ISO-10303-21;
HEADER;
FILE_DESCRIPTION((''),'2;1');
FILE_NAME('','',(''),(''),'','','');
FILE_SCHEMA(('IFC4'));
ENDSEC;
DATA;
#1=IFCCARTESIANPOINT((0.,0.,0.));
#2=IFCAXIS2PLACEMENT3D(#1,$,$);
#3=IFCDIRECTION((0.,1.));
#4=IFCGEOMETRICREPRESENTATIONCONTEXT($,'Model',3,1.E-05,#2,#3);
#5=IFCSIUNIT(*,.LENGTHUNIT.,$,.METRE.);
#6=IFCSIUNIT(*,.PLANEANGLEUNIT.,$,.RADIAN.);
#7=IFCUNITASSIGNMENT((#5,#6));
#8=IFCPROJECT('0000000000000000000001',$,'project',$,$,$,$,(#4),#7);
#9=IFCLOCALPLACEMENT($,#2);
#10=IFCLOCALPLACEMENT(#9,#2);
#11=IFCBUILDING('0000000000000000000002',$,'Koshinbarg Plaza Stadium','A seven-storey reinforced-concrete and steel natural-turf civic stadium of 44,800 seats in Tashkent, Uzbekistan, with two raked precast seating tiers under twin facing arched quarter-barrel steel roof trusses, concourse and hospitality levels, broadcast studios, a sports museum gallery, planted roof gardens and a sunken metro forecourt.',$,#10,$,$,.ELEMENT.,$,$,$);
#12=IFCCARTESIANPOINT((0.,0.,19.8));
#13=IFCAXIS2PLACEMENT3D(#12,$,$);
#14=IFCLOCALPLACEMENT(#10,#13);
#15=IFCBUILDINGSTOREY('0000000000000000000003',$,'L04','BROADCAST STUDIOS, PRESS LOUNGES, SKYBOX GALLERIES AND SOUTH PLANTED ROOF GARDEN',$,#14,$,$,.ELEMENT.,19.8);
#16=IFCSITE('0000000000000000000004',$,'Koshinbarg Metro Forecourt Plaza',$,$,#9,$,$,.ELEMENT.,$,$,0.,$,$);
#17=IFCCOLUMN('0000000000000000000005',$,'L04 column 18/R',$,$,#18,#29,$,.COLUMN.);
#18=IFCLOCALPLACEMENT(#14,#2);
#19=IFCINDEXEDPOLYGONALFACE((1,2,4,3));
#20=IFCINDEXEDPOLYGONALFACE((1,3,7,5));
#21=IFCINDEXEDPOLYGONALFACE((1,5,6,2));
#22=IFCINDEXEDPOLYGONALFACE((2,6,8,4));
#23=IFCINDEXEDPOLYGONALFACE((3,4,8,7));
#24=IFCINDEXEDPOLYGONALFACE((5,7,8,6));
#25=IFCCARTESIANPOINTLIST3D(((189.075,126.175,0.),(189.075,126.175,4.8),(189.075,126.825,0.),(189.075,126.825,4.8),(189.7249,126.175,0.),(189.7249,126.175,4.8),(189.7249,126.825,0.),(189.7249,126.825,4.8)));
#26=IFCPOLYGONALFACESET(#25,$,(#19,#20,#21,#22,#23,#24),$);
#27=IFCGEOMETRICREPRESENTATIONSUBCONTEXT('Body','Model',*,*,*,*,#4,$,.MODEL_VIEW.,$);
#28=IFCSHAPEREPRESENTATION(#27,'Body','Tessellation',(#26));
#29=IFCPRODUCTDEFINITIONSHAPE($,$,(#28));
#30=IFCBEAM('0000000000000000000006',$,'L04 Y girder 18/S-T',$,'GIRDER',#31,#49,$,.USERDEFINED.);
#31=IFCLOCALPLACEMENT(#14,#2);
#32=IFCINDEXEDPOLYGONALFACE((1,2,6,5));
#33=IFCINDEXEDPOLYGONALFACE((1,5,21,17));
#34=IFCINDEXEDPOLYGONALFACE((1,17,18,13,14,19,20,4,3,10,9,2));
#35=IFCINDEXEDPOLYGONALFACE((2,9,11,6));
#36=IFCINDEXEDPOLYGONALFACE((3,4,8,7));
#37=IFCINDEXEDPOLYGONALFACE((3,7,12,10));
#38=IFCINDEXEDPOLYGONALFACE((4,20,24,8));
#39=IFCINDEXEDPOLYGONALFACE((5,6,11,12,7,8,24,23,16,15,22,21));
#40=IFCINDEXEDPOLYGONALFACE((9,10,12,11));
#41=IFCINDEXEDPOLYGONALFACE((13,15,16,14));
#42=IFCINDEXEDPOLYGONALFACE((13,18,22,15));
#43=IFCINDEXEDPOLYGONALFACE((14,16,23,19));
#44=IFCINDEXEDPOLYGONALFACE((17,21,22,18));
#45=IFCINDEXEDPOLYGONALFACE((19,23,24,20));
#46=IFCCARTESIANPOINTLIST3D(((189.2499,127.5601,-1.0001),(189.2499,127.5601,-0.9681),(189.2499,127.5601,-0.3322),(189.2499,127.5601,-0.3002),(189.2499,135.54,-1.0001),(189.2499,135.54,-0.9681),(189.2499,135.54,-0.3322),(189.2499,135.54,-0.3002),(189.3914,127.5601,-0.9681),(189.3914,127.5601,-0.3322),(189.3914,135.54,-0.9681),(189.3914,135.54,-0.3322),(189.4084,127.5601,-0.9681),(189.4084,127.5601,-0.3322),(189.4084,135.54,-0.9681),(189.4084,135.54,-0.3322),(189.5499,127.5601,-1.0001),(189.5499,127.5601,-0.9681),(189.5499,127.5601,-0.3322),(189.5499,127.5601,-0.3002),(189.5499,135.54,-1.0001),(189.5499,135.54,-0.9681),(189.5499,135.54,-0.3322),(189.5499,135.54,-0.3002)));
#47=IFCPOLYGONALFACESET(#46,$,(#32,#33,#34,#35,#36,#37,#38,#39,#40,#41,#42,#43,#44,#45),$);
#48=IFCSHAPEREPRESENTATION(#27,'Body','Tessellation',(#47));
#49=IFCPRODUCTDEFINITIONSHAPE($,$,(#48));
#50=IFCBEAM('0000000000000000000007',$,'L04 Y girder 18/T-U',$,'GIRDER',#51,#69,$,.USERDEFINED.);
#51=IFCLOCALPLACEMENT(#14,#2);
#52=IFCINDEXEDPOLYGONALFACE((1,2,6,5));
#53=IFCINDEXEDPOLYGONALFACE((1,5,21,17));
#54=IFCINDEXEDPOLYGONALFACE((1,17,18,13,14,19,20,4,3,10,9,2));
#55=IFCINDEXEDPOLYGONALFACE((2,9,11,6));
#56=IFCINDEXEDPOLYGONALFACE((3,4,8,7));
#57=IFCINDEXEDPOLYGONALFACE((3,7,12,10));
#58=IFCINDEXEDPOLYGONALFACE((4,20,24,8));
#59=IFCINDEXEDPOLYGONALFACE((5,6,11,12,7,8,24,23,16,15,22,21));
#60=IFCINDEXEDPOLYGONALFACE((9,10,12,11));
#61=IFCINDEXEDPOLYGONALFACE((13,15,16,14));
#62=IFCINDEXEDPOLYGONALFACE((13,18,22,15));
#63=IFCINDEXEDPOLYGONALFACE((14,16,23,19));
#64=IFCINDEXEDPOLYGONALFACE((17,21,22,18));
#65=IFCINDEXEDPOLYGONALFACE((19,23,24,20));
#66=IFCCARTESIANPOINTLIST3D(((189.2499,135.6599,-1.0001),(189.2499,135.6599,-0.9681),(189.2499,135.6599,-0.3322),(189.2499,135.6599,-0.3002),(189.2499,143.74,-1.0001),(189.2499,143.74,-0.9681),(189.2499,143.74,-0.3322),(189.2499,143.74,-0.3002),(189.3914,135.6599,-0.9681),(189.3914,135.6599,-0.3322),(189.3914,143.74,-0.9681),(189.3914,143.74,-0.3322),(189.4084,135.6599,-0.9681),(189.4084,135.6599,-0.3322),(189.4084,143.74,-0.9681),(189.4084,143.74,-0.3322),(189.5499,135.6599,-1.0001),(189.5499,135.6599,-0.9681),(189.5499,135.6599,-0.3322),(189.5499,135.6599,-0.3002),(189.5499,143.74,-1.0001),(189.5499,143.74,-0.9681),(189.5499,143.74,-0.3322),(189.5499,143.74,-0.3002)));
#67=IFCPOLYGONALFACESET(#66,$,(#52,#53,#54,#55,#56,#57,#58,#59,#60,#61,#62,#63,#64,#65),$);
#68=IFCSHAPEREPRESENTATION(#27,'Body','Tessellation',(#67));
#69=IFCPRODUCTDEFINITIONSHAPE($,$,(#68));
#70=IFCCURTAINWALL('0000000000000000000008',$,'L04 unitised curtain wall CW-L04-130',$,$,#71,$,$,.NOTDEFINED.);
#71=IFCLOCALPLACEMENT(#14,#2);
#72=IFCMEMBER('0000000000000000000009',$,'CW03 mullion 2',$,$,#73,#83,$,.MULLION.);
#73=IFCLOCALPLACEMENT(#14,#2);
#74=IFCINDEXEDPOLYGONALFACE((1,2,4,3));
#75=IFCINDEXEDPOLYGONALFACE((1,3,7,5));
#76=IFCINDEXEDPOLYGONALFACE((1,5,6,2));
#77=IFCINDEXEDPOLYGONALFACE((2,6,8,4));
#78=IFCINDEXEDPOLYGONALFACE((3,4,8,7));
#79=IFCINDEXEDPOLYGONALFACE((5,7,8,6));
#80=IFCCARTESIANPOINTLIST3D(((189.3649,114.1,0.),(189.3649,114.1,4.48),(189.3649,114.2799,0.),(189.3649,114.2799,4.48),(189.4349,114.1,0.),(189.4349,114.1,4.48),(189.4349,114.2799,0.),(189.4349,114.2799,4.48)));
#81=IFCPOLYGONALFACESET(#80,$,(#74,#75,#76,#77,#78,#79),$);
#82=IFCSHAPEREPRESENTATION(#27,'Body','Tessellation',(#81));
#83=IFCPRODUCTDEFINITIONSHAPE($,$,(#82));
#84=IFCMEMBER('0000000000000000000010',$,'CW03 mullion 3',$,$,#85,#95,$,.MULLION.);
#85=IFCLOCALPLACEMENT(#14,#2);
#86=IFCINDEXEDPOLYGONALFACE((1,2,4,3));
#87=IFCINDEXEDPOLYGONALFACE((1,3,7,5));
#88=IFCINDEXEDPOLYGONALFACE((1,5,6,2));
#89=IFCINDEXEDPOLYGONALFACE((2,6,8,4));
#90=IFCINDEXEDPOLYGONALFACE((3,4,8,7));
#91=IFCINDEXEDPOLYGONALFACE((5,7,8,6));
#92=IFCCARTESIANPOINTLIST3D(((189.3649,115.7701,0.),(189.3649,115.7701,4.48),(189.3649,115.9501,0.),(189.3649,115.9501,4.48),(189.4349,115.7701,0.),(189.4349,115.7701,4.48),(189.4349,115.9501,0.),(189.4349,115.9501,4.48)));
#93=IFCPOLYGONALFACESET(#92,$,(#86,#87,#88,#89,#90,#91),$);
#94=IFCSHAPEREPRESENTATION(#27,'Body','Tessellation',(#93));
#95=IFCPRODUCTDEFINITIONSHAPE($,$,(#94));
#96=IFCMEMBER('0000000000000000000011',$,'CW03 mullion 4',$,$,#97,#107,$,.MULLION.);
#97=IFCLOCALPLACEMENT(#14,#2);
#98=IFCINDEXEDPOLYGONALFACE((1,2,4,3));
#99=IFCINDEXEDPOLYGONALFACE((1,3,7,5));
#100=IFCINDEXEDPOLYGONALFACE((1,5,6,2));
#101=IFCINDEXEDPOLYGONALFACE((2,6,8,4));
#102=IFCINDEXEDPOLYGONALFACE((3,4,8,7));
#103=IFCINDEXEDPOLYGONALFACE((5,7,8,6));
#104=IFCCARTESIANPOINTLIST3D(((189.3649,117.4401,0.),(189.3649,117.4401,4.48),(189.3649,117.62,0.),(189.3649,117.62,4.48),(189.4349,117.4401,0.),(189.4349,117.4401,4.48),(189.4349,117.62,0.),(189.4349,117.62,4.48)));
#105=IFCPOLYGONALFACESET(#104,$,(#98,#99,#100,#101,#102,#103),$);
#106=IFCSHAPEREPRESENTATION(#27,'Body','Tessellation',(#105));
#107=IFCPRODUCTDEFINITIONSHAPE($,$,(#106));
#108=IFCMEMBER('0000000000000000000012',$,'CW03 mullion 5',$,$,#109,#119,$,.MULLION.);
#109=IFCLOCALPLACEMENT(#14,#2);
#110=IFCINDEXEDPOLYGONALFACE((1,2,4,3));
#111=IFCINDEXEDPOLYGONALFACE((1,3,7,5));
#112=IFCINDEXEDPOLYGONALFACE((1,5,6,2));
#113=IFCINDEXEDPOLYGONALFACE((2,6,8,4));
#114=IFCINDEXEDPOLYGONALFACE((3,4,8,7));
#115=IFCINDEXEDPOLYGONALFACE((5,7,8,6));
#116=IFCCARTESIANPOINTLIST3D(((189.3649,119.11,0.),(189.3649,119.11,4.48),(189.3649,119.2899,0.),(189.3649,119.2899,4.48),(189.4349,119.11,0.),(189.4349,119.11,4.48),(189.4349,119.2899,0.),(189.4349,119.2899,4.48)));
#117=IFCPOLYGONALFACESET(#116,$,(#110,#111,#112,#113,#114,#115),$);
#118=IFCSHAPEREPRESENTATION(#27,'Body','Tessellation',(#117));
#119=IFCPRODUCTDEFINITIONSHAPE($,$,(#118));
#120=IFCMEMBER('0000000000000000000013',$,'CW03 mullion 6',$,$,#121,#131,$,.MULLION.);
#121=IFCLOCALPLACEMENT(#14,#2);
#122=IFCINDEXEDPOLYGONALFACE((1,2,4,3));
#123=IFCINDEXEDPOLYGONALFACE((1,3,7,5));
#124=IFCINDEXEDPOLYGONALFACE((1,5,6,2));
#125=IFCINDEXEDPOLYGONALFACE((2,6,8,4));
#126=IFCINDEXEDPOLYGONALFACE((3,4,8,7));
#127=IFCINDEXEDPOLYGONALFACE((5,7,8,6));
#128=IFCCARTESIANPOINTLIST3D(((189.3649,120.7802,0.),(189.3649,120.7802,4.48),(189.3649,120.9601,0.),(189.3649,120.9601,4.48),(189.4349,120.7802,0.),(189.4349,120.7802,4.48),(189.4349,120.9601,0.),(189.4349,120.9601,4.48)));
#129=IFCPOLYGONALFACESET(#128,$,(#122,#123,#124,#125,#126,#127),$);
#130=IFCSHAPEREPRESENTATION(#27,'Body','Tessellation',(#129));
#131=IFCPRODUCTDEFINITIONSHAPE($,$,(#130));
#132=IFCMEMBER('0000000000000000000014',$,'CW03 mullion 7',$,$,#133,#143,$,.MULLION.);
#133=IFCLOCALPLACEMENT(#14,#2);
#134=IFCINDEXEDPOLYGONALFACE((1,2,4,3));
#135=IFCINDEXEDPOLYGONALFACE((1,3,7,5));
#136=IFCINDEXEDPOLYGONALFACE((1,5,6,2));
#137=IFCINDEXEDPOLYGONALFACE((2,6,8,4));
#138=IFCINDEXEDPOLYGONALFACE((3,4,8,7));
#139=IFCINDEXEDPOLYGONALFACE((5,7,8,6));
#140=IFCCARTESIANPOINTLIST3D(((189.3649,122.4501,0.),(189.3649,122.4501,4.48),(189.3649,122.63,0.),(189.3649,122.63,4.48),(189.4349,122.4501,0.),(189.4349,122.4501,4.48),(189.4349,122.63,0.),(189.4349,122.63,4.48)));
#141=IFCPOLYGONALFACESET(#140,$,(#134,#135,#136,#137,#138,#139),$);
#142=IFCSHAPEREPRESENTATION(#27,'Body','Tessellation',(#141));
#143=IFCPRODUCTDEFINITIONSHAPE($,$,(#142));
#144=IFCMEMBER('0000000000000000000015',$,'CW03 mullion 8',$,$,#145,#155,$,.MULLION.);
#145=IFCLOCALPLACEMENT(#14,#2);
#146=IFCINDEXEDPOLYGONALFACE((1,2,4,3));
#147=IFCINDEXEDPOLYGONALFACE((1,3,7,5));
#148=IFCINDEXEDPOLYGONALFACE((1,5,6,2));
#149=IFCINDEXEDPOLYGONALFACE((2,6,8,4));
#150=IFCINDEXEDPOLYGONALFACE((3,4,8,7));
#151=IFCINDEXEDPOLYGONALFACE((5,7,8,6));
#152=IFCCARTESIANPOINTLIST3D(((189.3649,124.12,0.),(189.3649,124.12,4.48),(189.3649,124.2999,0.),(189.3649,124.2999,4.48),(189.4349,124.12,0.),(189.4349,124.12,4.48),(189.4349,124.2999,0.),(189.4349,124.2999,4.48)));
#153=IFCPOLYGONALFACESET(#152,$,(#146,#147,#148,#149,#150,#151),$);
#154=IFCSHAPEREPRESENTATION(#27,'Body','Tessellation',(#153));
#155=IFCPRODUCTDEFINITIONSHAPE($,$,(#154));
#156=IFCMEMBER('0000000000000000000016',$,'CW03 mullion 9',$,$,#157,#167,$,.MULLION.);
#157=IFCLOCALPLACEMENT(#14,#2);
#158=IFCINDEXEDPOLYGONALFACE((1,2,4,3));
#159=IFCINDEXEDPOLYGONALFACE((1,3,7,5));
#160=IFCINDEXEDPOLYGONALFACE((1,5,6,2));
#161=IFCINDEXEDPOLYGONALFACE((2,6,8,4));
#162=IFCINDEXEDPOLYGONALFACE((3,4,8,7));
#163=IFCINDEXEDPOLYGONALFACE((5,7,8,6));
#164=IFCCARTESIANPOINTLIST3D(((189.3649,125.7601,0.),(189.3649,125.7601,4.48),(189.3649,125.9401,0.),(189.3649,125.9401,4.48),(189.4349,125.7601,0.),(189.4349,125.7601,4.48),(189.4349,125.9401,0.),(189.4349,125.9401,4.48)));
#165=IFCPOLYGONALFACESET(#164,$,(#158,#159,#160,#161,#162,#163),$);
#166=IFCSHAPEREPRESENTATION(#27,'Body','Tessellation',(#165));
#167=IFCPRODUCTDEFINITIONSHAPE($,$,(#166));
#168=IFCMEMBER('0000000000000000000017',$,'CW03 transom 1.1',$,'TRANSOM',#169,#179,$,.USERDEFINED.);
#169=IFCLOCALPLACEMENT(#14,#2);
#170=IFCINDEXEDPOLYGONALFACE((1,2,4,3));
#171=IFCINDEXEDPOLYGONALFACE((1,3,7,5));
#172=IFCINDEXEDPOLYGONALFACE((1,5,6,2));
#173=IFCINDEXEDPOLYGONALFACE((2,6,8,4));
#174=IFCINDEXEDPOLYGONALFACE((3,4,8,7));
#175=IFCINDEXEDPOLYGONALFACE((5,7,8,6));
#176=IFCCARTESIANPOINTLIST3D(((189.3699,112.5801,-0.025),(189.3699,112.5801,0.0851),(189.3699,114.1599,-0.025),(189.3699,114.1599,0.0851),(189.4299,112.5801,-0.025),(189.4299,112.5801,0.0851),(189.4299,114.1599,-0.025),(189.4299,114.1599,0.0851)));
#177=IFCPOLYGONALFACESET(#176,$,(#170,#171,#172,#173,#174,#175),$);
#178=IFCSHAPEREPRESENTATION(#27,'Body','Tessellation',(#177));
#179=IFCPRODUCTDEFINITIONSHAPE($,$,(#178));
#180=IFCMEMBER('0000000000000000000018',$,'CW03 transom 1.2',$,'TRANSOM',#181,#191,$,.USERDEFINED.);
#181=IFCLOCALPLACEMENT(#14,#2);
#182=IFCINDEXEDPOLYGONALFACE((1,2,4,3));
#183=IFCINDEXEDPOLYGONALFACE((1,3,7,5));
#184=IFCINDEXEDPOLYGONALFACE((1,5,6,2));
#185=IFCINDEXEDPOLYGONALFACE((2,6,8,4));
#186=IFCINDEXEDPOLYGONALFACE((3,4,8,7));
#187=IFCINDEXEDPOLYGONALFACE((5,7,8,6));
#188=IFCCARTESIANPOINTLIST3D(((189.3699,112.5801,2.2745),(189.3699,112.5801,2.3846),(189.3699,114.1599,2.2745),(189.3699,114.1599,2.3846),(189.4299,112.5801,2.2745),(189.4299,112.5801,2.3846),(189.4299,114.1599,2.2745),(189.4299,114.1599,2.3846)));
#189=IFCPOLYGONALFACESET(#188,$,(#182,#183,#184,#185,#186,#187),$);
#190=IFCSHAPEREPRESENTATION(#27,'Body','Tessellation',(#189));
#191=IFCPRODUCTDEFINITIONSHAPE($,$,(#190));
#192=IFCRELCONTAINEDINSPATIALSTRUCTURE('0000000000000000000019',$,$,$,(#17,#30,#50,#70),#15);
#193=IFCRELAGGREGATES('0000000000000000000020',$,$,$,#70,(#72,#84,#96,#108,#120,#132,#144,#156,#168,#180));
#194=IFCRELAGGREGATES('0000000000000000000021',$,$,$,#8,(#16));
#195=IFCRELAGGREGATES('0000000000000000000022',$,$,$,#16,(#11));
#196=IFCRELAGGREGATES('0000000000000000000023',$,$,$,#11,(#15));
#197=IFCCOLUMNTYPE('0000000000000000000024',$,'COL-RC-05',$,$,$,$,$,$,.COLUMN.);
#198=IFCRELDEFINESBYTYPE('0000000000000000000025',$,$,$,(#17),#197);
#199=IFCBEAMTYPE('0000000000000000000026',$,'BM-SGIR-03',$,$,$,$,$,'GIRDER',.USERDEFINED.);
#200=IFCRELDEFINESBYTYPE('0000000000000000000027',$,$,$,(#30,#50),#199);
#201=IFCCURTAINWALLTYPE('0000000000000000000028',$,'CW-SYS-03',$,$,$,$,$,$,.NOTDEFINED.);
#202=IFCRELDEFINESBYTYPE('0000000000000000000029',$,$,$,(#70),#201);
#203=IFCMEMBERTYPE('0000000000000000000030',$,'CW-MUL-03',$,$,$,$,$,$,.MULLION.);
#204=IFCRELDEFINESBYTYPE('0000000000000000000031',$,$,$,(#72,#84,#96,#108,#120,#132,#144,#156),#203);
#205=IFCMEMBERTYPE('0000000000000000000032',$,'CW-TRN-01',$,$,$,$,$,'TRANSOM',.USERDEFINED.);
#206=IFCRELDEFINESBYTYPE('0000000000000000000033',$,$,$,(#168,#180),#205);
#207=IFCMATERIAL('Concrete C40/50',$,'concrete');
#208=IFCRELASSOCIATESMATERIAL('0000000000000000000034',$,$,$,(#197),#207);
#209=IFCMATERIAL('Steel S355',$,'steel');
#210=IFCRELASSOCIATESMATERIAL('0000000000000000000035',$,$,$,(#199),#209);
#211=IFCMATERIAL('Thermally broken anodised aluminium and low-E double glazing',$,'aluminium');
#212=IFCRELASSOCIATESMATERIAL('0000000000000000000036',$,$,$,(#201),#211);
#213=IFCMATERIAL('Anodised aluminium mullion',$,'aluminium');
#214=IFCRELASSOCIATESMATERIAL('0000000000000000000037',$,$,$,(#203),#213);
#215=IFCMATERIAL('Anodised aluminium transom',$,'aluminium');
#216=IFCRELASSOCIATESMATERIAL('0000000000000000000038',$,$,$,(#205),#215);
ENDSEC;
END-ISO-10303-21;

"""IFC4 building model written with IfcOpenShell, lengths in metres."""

from ifc_helpers import new_model, si_unit, direction, frame, origin, origin_2d, place, context, subcontext, project, spatial, rectangle, i_section, extrude, material, material_profile, profile_set, type_object, element, aggregate, save


model = new_model("IFC4")

# Units and contexts
model_context = context("Model", 3, precision=1e-05, world=origin(), true_north=direction((0.0, 1.0)))
body_context = subcontext(model_context, "Body", "Model", "MODEL_VIEW")
ifc_project = project(units=[si_unit("LENGTHUNIT", "METRE"), si_unit("PLANEANGLEUNIT", "RADIAN")], contexts=[model_context])

# Site, building, storey
site_placement = place(None, origin())
site = spatial("IfcSite", under=ifc_project, at=site_placement, Name="Koshinbarg Metro Forecourt Plaza", CompositionType="ELEMENT", RefElevation=0.0)
building_placement = place(site_placement, origin())
building = spatial("IfcBuilding", under=site, at=building_placement, Name="Koshinbarg Plaza Stadium", Description="A seven-storey reinforced-concrete and steel natural-turf civic stadium of 44,800 seats in Tashkent, Uzbekistan, with two raked precast seating tiers under twin facing arched quarter-barrel steel roof trusses, concourse and hospitality levels, broadcast studios, a sports museum gallery, planted roof gardens and a sunken metro forecourt.", CompositionType="ELEMENT")
storey_placement = place(building_placement, frame((0.0, 0.0, 19.8)))
storey = spatial("IfcBuildingStorey", under=building, at=storey_placement, Name="L04", Description="BROADCAST STUDIOS, PRESS LOUNGES, SKYBOX GALLERIES AND SOUTH PLANTED ROOF GARDEN", CompositionType="ELEMENT", Elevation=19.8)

# Column
ifc_material_1 = material(Name="Concrete C40/50", Category="concrete")
ifc_material_profile_1 = material_profile(ifc_material_1, rectangle(XDim=0.6499, YDim=0.6499, at=origin_2d()), Name="RC 650x650")
ifc_profile_set_1 = profile_set([ifc_material_profile_1], Name="Concrete C40/50")
column_type = type_object("IfcColumnType", Name="COL-RC-05", PredefinedType="COLUMN", material=ifc_profile_set_1)
column_placement = place(storey_placement, frame((189.3999, 126.5, 0.0), z_axis=(0.0, 0.0, 1.0), x_axis=(1.0, 0.0, 0.0)))
element("IfcColumn", 1, at=column_placement, inside=storey, type_object=column_type, Name="L04 column 18/R", PredefinedType="COLUMN", context=body_context, shape_type="SweptSolid", body=[
    extrude(rectangle(XDim=0.6499, YDim=0.6499, at=origin_2d()), origin(), (0.0, 0.0, 1.0), 4.8),
])

# Beams
ifc_material_2 = material(Name="Steel S355", Category="steel")
ifc_material_profile_2 = material_profile(ifc_material_2, i_section(OverallWidth=0.3, OverallDepth=0.7, WebThickness=0.0171, FlangeThickness=0.032, at=origin_2d()), Name="HEB 700")
ifc_profile_set_2 = profile_set([ifc_material_profile_2], Name="Steel S355")
beam_type = type_object("IfcBeamType", Name="BM-SGIR-03", ElementType="GIRDER", PredefinedType="USERDEFINED", material=ifc_profile_set_2)
beam_1_placement = place(storey_placement, frame((189.3999, 127.5601, -0.6501), z_axis=(0.0, 1.0, 0.0), x_axis=(-1.0, 0.0, 0.0)))
element("IfcBeam", 2, at=beam_1_placement, inside=storey, type_object=beam_type, Name="L04 Y girder 18/S-T", ObjectType="GIRDER", PredefinedType="USERDEFINED", context=body_context, shape_type="SweptSolid", body=[
    extrude(i_section(OverallWidth=0.3, OverallDepth=0.7, WebThickness=0.0171, FlangeThickness=0.032, at=origin_2d()), origin(), (0.0, 0.0, 1.0), 7.98),
])
beam_2_placement = place(storey_placement, frame((189.3999, 135.6599, -0.6501), z_axis=(0.0, 1.0, 0.0), x_axis=(-1.0, 0.0, 0.0)))
element("IfcBeam", 3, at=beam_2_placement, inside=storey, type_object=beam_type, Name="L04 Y girder 18/T-U", ObjectType="GIRDER", PredefinedType="USERDEFINED", context=body_context, shape_type="SweptSolid", body=[
    extrude(i_section(OverallWidth=0.3, OverallDepth=0.7, WebThickness=0.0171, FlangeThickness=0.032, at=origin_2d()), origin(), (0.0, 0.0, 1.0), 8.0801),
])

# Curtain wall, members
ifc_material_3 = material(Name="Thermally broken anodised aluminium and low-E double glazing", Category="aluminium")
curtain_wall_type = type_object("IfcCurtainWallType", Name="CW-SYS-03", PredefinedType="NOTDEFINED", material=ifc_material_3)
curtain_wall_placement = place(storey_placement, origin())
curtain_wall = element("IfcCurtainWall", 4, at=curtain_wall_placement, inside=storey, type_object=curtain_wall_type, Name="L04 unitised curtain wall CW-L04-130", PredefinedType="NOTDEFINED")
ifc_material_4 = material(Name="Anodised aluminium mullion", Category="aluminium")
ifc_material_profile_3 = material_profile(ifc_material_4, rectangle(XDim=0.0701, YDim=0.1799, at=origin_2d()), Name="ALU 70x180")
ifc_profile_set_3 = profile_set([ifc_material_profile_3], Name="Anodised aluminium mullion")
member_type_1 = type_object("IfcMemberType", Name="CW-MUL-03", PredefinedType="MULLION", material=ifc_profile_set_3)
member_1_placement = place(storey_placement, frame((189.3999, 114.1899, 0.0), z_axis=(0.0, 0.0, 1.0), x_axis=(-1.0, 0.0, 0.0)))
member_1 = element("IfcMember", 5, at=member_1_placement, type_object=member_type_1, Name="CW03 mullion 2", PredefinedType="MULLION", context=body_context, shape_type="SweptSolid", body=[
    extrude(rectangle(XDim=0.0701, YDim=0.1799, at=origin_2d()), origin(), (0.0, 0.0, 1.0), 4.48),
])
member_2_placement = place(storey_placement, frame((189.3999, 115.8601, 0.0), z_axis=(0.0, 0.0, 1.0), x_axis=(-1.0, 0.0, 0.0)))
member_2 = element("IfcMember", 6, at=member_2_placement, type_object=member_type_1, Name="CW03 mullion 3", PredefinedType="MULLION", context=body_context, shape_type="SweptSolid", body=[
    extrude(rectangle(XDim=0.0701, YDim=0.1799, at=origin_2d()), origin(), (0.0, 0.0, 1.0), 4.48),
])
member_3_placement = place(storey_placement, frame((189.3999, 117.53, 0.0), z_axis=(0.0, 0.0, 1.0), x_axis=(-1.0, 0.0, 0.0)))
member_3 = element("IfcMember", 7, at=member_3_placement, type_object=member_type_1, Name="CW03 mullion 4", PredefinedType="MULLION", context=body_context, shape_type="SweptSolid", body=[
    extrude(rectangle(XDim=0.0701, YDim=0.1799, at=origin_2d()), origin(), (0.0, 0.0, 1.0), 4.48),
])
member_4_placement = place(storey_placement, frame((189.3999, 119.2, 0.0), z_axis=(0.0, 0.0, 1.0), x_axis=(-1.0, 0.0, 0.0)))
member_4 = element("IfcMember", 8, at=member_4_placement, type_object=member_type_1, Name="CW03 mullion 5", PredefinedType="MULLION", context=body_context, shape_type="SweptSolid", body=[
    extrude(rectangle(XDim=0.0701, YDim=0.1799, at=origin_2d()), origin(), (0.0, 0.0, 1.0), 4.48),
])
member_5_placement = place(storey_placement, frame((189.3999, 120.8701, 0.0), z_axis=(0.0, 0.0, 1.0), x_axis=(-1.0, 0.0, 0.0)))
member_5 = element("IfcMember", 9, at=member_5_placement, type_object=member_type_1, Name="CW03 mullion 6", PredefinedType="MULLION", context=body_context, shape_type="SweptSolid", body=[
    extrude(rectangle(XDim=0.0701, YDim=0.1799, at=origin_2d()), origin(), (0.0, 0.0, 1.0), 4.48),
])
member_6_placement = place(storey_placement, frame((189.3999, 122.54, 0.0), z_axis=(0.0, 0.0, 1.0), x_axis=(-1.0, 0.0, 0.0)))
member_6 = element("IfcMember", 10, at=member_6_placement, type_object=member_type_1, Name="CW03 mullion 7", PredefinedType="MULLION", context=body_context, shape_type="SweptSolid", body=[
    extrude(rectangle(XDim=0.0701, YDim=0.1799, at=origin_2d()), origin(), (0.0, 0.0, 1.0), 4.48),
])
member_7_placement = place(storey_placement, frame((189.3999, 124.21, 0.0), z_axis=(0.0, 0.0, 1.0), x_axis=(-1.0, 0.0, 0.0)))
member_7 = element("IfcMember", 11, at=member_7_placement, type_object=member_type_1, Name="CW03 mullion 8", PredefinedType="MULLION", context=body_context, shape_type="SweptSolid", body=[
    extrude(rectangle(XDim=0.0701, YDim=0.1799, at=origin_2d()), origin(), (0.0, 0.0, 1.0), 4.48),
])
member_8_placement = place(storey_placement, frame((189.3999, 125.8501, 0.0), z_axis=(0.0, 0.0, 1.0), x_axis=(-1.0, 0.0, 0.0)))
member_8 = element("IfcMember", 12, at=member_8_placement, type_object=member_type_1, Name="CW03 mullion 9", PredefinedType="MULLION", context=body_context, shape_type="SweptSolid", body=[
    extrude(rectangle(XDim=0.0701, YDim=0.1799, at=origin_2d()), origin(), (0.0, 0.0, 1.0), 4.48),
])
ifc_material_5 = material(Name="Anodised aluminium transom", Category="aluminium")
ifc_material_profile_4 = material_profile(ifc_material_5, rectangle(XDim=0.0601, YDim=0.1101, at=origin_2d()), Name="ALU 60x110")
ifc_profile_set_4 = profile_set([ifc_material_profile_4], Name="Anodised aluminium transom")
member_type_2 = type_object("IfcMemberType", Name="CW-TRN-01", ElementType="TRANSOM", PredefinedType="USERDEFINED", material=ifc_profile_set_4)
member_9_placement = place(storey_placement, frame((189.3999, 112.5801, 0.03), z_axis=(0.0, 1.0, 0.0), x_axis=(-1.0, 0.0, 0.0)))
member_9 = element("IfcMember", 13, at=member_9_placement, type_object=member_type_2, Name="CW03 transom 1.1", ObjectType="TRANSOM", PredefinedType="USERDEFINED", context=body_context, shape_type="SweptSolid", body=[
    extrude(rectangle(XDim=0.0601, YDim=0.1101, at=origin_2d()), origin(), (0.0, 0.0, 1.0), 1.5798),
])
member_10_placement = place(storey_placement, frame((189.3999, 112.5801, 2.3296), z_axis=(0.0, 1.0, 0.0), x_axis=(-1.0, 0.0, 0.0)))
member_10 = element("IfcMember", 14, at=member_10_placement, type_object=member_type_2, Name="CW03 transom 1.2", ObjectType="TRANSOM", PredefinedType="USERDEFINED", context=body_context, shape_type="SweptSolid", body=[
    extrude(rectangle(XDim=0.0601, YDim=0.1101, at=origin_2d()), origin(), (0.0, 0.0, 1.0), 1.5798),
])
aggregate(curtain_wall, [member_1, member_2, member_3, member_4, member_5, member_6, member_7, member_8, member_9, member_10])

save(model, "model.ifc")
